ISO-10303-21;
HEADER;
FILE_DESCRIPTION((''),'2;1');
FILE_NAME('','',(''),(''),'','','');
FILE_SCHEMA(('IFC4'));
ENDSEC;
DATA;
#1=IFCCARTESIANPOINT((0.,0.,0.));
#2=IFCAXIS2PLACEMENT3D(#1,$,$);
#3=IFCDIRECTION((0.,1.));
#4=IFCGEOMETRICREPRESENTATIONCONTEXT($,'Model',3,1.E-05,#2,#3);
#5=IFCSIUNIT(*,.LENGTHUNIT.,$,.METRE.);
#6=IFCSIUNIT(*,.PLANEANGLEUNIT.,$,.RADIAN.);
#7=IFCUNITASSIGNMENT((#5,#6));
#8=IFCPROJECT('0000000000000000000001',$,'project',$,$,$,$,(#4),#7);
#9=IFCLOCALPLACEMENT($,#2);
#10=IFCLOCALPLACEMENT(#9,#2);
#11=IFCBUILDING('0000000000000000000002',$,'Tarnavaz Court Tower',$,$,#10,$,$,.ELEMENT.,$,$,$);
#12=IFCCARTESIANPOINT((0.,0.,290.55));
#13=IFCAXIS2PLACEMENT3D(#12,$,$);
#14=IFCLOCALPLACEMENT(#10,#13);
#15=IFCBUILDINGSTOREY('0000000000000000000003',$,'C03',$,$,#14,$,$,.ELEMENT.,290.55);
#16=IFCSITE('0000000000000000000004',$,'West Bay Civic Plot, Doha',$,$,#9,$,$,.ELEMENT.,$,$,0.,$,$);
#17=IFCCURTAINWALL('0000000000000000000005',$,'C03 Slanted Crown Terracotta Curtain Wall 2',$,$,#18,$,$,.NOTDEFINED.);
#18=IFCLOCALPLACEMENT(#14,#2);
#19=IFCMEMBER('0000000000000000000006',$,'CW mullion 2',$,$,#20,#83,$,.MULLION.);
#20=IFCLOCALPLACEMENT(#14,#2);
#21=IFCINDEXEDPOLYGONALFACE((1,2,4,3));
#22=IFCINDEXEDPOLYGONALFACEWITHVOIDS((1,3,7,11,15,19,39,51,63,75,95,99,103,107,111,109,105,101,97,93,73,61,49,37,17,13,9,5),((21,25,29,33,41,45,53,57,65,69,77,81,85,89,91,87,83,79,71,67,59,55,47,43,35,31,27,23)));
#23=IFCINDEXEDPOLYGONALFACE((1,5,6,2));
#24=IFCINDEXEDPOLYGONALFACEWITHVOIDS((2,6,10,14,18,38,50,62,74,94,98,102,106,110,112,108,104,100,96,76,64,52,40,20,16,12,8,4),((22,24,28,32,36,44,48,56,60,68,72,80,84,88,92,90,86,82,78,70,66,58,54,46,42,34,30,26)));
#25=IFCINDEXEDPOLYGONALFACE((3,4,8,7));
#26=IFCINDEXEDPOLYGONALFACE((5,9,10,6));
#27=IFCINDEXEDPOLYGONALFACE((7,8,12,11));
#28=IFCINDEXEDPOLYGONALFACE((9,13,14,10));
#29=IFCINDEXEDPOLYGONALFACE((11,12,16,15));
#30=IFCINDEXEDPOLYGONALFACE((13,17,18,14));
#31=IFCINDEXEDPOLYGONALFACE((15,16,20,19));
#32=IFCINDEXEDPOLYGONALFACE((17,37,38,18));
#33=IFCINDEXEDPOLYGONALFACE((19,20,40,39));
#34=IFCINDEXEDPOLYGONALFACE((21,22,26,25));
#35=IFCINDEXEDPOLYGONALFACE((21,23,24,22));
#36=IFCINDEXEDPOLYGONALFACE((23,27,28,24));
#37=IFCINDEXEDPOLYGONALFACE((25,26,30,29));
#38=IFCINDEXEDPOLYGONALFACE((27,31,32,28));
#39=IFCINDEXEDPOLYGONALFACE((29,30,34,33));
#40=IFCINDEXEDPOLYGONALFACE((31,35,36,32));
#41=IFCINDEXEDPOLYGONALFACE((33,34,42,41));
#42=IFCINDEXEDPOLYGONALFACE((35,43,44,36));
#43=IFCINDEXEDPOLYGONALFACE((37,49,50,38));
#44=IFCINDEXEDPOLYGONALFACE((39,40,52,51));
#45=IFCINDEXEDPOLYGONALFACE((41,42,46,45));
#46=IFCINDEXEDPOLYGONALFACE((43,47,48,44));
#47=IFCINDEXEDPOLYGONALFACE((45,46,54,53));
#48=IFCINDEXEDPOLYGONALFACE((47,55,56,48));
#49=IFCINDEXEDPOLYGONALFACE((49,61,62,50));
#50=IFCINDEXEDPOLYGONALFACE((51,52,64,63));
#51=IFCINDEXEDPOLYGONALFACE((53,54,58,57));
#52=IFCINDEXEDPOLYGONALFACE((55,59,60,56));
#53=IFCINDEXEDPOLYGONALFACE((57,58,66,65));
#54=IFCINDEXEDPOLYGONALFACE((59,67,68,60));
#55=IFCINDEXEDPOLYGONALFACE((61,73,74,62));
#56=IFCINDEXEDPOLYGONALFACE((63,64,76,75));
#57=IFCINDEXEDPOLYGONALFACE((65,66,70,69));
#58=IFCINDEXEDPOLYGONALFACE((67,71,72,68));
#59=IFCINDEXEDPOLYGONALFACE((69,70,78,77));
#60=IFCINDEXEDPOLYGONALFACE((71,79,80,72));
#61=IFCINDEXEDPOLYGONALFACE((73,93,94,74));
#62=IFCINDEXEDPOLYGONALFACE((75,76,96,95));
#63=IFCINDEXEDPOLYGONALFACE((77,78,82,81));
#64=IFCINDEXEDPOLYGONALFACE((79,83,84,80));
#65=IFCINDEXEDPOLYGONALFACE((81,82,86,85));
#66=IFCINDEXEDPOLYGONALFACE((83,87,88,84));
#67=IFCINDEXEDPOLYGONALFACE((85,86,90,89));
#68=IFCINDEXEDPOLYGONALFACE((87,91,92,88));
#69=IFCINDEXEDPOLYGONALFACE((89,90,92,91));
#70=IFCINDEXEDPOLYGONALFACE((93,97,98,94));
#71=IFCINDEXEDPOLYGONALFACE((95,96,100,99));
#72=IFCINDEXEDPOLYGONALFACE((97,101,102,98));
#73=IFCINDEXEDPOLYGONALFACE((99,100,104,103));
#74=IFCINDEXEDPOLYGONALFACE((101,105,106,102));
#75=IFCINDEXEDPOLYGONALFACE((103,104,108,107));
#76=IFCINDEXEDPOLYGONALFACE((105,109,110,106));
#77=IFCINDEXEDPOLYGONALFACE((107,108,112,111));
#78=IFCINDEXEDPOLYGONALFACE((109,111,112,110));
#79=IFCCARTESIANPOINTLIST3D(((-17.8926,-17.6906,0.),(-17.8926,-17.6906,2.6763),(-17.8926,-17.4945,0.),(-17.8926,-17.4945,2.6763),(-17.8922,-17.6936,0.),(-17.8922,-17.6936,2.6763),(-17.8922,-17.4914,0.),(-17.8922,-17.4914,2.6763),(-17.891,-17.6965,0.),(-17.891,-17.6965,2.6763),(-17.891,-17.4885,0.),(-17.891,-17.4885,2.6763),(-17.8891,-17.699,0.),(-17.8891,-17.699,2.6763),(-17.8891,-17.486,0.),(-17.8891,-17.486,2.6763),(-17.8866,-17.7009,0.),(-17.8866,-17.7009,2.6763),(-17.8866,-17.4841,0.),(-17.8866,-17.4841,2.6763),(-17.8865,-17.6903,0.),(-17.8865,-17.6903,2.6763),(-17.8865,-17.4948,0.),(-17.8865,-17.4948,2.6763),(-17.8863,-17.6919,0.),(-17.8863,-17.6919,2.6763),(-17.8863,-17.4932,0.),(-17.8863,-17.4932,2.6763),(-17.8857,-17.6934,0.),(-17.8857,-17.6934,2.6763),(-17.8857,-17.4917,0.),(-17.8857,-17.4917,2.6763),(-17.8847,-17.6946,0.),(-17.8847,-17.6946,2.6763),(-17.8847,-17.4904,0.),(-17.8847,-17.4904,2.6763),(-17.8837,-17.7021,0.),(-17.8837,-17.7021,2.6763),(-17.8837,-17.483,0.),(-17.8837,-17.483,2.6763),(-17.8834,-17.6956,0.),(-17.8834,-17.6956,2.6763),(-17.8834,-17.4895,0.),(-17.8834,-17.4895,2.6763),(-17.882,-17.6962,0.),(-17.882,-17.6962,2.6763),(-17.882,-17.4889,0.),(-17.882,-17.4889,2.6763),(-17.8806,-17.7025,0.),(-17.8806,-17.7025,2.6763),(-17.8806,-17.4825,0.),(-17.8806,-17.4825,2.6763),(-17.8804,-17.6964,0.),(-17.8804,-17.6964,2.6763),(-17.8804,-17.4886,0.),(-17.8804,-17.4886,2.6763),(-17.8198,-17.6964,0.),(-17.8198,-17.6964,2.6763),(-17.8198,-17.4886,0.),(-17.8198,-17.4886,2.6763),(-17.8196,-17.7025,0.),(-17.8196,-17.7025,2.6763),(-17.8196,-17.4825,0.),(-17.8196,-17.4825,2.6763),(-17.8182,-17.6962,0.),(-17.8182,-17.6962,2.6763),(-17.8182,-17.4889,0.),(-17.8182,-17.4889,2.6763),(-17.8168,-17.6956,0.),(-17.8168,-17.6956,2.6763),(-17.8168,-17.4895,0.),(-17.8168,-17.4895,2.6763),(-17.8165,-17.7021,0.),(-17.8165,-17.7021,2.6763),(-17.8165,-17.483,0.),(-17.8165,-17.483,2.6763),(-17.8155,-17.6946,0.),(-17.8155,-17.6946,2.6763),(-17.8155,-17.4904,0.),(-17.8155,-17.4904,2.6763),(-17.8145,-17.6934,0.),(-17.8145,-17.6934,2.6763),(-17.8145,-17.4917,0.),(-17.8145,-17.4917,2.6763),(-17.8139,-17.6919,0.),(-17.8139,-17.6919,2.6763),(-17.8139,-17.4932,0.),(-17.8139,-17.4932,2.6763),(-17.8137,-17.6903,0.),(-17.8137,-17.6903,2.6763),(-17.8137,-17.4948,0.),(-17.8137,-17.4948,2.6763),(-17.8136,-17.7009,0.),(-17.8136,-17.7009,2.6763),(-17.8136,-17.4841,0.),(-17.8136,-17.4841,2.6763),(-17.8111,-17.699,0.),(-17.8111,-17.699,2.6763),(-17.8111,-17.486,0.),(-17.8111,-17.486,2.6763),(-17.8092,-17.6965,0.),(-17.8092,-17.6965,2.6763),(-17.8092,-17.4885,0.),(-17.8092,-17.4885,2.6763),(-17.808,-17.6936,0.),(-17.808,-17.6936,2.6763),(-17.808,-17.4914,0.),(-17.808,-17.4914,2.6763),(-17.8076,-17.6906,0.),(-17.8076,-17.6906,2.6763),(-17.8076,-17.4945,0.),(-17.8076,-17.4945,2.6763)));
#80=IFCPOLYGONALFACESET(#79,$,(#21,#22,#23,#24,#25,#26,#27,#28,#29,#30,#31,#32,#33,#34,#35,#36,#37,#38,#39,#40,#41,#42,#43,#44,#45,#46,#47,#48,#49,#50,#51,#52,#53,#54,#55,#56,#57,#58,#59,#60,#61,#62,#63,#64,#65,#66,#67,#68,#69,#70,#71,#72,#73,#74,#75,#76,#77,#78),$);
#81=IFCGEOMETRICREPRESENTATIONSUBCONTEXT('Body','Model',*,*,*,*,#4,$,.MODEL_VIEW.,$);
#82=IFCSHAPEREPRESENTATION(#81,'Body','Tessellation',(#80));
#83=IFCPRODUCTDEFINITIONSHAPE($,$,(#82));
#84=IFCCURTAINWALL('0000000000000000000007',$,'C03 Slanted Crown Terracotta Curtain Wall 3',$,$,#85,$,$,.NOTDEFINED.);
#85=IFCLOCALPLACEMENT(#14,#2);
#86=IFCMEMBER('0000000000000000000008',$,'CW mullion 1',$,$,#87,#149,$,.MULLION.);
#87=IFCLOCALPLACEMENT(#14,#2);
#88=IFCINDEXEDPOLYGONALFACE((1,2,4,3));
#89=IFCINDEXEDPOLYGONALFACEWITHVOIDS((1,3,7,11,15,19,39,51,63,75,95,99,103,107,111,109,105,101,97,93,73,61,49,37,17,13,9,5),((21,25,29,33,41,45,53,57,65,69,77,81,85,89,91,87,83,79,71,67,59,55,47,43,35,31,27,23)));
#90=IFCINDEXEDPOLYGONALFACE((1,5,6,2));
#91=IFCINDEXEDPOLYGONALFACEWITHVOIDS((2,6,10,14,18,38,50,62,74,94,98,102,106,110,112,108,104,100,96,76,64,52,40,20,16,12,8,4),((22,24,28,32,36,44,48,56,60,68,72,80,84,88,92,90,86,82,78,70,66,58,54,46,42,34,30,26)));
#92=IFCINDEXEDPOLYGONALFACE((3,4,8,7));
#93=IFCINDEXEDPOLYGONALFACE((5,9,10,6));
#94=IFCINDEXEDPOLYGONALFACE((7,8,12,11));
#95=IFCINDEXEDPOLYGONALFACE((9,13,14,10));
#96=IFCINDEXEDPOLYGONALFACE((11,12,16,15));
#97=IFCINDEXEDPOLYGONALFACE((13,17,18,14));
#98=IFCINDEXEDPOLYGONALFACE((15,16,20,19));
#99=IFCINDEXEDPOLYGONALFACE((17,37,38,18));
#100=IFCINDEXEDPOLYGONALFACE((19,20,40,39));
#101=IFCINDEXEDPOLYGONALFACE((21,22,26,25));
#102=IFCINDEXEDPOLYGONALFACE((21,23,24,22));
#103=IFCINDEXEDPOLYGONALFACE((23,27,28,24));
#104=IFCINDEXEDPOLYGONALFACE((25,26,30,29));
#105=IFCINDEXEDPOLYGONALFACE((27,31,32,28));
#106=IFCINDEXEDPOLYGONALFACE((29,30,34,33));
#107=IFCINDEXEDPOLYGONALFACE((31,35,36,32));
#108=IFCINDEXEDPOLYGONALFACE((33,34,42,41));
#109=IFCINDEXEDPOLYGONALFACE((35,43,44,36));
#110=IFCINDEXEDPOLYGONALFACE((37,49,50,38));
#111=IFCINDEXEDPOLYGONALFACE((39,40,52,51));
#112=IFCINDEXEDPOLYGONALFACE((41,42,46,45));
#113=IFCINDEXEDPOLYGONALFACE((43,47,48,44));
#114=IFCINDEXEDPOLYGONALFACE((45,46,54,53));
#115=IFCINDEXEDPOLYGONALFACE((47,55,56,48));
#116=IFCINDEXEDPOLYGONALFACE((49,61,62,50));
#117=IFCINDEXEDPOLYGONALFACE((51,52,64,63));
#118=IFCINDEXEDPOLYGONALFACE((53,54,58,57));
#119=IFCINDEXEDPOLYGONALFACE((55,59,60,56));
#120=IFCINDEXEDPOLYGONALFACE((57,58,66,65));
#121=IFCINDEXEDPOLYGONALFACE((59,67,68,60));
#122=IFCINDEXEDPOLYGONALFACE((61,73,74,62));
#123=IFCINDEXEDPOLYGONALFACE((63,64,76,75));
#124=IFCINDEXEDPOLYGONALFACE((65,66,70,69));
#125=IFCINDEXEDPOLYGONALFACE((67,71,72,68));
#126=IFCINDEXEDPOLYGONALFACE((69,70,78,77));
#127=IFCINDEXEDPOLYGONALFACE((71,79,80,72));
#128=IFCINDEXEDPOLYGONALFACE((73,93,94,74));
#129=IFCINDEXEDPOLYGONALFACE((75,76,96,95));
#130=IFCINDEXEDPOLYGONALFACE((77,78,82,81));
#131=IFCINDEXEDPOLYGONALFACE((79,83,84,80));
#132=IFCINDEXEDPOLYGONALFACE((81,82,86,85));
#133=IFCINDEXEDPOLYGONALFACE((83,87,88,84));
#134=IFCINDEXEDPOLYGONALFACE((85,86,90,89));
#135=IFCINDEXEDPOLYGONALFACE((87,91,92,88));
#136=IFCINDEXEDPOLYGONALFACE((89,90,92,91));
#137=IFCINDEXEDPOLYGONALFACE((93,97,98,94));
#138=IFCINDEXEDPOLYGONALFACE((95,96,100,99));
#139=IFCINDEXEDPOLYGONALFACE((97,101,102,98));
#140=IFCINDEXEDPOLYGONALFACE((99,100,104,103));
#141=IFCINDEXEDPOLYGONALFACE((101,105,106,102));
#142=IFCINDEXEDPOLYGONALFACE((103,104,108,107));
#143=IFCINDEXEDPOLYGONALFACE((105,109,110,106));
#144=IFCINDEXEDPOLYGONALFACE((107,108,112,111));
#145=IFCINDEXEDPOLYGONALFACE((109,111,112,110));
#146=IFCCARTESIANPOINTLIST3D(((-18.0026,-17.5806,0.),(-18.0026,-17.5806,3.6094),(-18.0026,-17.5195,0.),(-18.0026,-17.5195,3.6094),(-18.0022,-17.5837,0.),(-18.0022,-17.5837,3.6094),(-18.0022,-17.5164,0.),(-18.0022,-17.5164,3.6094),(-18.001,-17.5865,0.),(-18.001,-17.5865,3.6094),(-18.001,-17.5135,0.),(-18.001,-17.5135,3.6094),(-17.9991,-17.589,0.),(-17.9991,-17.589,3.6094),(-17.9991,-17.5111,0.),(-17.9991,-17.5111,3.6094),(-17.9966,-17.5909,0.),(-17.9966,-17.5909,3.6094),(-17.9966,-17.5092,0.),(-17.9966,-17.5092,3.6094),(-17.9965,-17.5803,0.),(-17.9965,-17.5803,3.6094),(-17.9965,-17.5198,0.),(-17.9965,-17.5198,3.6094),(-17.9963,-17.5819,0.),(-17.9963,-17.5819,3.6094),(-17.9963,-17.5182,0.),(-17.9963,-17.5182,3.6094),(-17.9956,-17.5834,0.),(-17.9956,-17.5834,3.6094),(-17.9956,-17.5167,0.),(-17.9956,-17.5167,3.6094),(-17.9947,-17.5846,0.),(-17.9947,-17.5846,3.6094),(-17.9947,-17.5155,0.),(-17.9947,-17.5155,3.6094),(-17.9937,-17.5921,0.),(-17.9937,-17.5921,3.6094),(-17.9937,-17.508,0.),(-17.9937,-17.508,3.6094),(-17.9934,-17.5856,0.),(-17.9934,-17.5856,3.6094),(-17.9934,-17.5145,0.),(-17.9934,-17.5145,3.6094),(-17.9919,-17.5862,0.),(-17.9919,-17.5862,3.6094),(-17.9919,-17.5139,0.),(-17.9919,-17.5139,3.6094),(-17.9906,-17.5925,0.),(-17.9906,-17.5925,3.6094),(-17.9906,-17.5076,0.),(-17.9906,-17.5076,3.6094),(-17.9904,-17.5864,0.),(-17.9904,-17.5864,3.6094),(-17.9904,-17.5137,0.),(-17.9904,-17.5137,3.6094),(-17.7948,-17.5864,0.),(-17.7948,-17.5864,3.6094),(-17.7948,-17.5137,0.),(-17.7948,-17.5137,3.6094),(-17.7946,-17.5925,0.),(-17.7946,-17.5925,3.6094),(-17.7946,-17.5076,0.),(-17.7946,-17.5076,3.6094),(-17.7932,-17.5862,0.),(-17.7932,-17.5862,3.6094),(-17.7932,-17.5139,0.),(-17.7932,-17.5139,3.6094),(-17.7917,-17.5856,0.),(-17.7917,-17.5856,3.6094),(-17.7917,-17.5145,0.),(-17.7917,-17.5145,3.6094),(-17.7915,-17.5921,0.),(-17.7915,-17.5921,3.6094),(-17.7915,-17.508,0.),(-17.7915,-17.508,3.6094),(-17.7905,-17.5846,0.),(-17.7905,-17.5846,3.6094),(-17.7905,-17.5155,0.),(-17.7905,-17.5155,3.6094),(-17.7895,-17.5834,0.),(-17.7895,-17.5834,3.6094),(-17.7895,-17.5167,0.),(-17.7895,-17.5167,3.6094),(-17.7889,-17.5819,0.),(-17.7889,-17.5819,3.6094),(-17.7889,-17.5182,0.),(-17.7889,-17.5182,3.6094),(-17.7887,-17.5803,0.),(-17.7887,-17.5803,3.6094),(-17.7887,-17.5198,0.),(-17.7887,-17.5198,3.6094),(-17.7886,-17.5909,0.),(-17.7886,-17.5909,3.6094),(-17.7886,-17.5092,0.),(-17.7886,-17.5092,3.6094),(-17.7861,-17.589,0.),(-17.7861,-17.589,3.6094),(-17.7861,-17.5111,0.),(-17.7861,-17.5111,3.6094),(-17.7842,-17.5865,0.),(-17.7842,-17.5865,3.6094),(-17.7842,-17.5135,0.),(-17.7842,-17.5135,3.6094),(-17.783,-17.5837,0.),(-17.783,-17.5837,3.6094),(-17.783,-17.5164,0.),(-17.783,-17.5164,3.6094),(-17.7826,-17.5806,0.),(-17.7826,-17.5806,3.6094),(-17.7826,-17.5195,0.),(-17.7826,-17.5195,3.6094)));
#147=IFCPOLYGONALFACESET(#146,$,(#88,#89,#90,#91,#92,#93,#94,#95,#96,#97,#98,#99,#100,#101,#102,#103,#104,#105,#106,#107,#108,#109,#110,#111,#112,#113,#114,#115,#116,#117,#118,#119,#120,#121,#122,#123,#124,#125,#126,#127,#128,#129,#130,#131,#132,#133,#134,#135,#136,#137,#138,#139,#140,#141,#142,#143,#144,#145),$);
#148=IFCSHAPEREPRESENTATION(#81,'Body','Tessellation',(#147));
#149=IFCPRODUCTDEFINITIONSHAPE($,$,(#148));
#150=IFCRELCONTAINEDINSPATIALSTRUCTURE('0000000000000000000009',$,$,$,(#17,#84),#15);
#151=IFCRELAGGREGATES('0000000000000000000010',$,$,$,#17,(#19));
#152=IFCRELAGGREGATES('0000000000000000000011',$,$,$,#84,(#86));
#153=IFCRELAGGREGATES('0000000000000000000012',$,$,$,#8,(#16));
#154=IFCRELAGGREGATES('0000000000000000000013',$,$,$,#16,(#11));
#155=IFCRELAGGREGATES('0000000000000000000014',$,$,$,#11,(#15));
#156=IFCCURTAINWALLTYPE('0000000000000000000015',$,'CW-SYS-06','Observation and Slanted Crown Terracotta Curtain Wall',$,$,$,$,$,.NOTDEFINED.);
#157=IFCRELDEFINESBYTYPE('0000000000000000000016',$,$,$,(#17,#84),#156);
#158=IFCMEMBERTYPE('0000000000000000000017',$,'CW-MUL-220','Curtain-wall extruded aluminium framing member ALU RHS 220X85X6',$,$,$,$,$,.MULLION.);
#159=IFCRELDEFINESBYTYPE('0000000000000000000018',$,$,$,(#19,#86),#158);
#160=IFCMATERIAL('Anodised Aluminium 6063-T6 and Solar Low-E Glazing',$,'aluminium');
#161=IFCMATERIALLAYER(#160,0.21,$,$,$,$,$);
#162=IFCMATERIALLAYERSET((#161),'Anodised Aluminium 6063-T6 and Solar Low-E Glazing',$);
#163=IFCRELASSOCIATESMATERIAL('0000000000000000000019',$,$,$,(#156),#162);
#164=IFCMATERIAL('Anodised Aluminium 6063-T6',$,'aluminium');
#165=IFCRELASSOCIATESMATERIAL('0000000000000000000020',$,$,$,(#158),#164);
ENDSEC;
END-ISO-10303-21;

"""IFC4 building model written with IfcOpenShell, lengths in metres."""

from ifc_helpers import new_model, si_unit, direction, frame, origin, origin_2d, place, context, subcontext, project, spatial, hollow_rectangle, extrude, material, layer, layer_set, material_profile, profile_set, type_object, element, aggregate, save


model = new_model("IFC4")

# Units and contexts
model_context = context("Model", 3, precision=1e-05, world=origin(), true_north=direction((0.0, 1.0)))
body_context = subcontext(model_context, "Body", "Model", "MODEL_VIEW")
ifc_project = project(units=[si_unit("LENGTHUNIT", "METRE"), si_unit("PLANEANGLEUNIT", "RADIAN")], contexts=[model_context])

# Site, building, storey
site_placement = place(None, origin())
site = spatial("IfcSite", under=ifc_project, at=site_placement, Name="West Bay Civic Plot, Doha", CompositionType="ELEMENT", RefElevation=0.0)
building_placement = place(site_placement, origin())
building = spatial("IfcBuilding", under=site, at=building_placement, Name="Tarnavaz Court Tower", CompositionType="ELEMENT")
storey_placement = place(building_placement, frame((0.0, 0.0, 290.55)))
storey = spatial("IfcBuildingStorey", under=building, at=storey_placement, Name="C03", CompositionType="ELEMENT", Elevation=290.55)

# Curtain walls, members
ifc_material_1 = material(Name="Anodised Aluminium 6063-T6 and Solar Low-E Glazing", Category="aluminium")
ifc_layer_1 = layer(ifc_material_1, 0.21)
ifc_layer_set_1 = layer_set([ifc_layer_1], Name="Anodised Aluminium 6063-T6 and Solar Low-E Glazing")
curtain_wall_type = type_object("IfcCurtainWallType", Name="CW-SYS-06", Description="Observation and Slanted Crown Terracotta Curtain Wall", PredefinedType="NOTDEFINED", material=ifc_layer_set_1)
ifc_material_2 = material(Name="Anodised Aluminium 6063-T6", Category="aluminium")
ifc_material_profile_1 = material_profile(ifc_material_2, hollow_rectangle(XDim=0.085, YDim=0.22, WallThickness=0.0061, InnerFilletRadius=0.0061, OuterFilletRadius=0.012, at=origin_2d()), Name="ALU RHS 220X85X6")
ifc_profile_set_1 = profile_set([ifc_material_profile_1], Name="Anodised Aluminium 6063-T6")
member_type_1 = type_object("IfcMemberType", Name="CW-MUL-220", Description="Curtain-wall extruded aluminium framing member ALU RHS 220X85X6", PredefinedType="MULLION", material=ifc_profile_set_1)
curtain_wall_1_placement = place(storey_placement, origin())
curtain_wall_1 = element("IfcCurtainWall", 1, at=curtain_wall_1_placement, inside=storey, type_object=curtain_wall_type, Name="C03 Slanted Crown Terracotta Curtain Wall 2", PredefinedType="NOTDEFINED")
member_1_placement = place(storey_placement, frame((-17.8501, -17.5925, 0.0), z_axis=(0.0, 0.0, 1.0), x_axis=(-1.0, 0.0, 0.0)))
member_1 = element("IfcMember", 2, at=member_1_placement, type_object=member_type_1, Name="CW mullion 2", PredefinedType="MULLION", context=body_context, shape_type="SweptSolid", body=[
    extrude(hollow_rectangle(XDim=0.085, YDim=0.22, WallThickness=0.0061, InnerFilletRadius=0.0061, OuterFilletRadius=0.012, at=origin_2d()), origin(), (0.0, 0.0, 1.0), 2.6763),
])
curtain_wall_2_placement = place(storey_placement, origin())
curtain_wall_2 = element("IfcCurtainWall", 3, at=curtain_wall_2_placement, inside=storey, type_object=curtain_wall_type, Name="C03 Slanted Crown Terracotta Curtain Wall 3", PredefinedType="NOTDEFINED")
member_2_placement = place(storey_placement, frame((-17.8926, -17.55, 0.0), z_axis=(0.0, 0.0, 1.0), x_axis=(0.0, -1.0, 0.0)))
member_2 = element("IfcMember", 4, at=member_2_placement, type_object=member_type_1, Name="CW mullion 1", PredefinedType="MULLION", context=body_context, shape_type="SweptSolid", body=[
    extrude(hollow_rectangle(XDim=0.085, YDim=0.22, WallThickness=0.0061, InnerFilletRadius=0.0061, OuterFilletRadius=0.012, at=origin_2d()), origin(), (0.0, 0.0, 1.0), 3.6094),
])

aggregate(curtain_wall_1, [member_1])
aggregate(curtain_wall_2, [member_2])

save(model, "model.ifc")
